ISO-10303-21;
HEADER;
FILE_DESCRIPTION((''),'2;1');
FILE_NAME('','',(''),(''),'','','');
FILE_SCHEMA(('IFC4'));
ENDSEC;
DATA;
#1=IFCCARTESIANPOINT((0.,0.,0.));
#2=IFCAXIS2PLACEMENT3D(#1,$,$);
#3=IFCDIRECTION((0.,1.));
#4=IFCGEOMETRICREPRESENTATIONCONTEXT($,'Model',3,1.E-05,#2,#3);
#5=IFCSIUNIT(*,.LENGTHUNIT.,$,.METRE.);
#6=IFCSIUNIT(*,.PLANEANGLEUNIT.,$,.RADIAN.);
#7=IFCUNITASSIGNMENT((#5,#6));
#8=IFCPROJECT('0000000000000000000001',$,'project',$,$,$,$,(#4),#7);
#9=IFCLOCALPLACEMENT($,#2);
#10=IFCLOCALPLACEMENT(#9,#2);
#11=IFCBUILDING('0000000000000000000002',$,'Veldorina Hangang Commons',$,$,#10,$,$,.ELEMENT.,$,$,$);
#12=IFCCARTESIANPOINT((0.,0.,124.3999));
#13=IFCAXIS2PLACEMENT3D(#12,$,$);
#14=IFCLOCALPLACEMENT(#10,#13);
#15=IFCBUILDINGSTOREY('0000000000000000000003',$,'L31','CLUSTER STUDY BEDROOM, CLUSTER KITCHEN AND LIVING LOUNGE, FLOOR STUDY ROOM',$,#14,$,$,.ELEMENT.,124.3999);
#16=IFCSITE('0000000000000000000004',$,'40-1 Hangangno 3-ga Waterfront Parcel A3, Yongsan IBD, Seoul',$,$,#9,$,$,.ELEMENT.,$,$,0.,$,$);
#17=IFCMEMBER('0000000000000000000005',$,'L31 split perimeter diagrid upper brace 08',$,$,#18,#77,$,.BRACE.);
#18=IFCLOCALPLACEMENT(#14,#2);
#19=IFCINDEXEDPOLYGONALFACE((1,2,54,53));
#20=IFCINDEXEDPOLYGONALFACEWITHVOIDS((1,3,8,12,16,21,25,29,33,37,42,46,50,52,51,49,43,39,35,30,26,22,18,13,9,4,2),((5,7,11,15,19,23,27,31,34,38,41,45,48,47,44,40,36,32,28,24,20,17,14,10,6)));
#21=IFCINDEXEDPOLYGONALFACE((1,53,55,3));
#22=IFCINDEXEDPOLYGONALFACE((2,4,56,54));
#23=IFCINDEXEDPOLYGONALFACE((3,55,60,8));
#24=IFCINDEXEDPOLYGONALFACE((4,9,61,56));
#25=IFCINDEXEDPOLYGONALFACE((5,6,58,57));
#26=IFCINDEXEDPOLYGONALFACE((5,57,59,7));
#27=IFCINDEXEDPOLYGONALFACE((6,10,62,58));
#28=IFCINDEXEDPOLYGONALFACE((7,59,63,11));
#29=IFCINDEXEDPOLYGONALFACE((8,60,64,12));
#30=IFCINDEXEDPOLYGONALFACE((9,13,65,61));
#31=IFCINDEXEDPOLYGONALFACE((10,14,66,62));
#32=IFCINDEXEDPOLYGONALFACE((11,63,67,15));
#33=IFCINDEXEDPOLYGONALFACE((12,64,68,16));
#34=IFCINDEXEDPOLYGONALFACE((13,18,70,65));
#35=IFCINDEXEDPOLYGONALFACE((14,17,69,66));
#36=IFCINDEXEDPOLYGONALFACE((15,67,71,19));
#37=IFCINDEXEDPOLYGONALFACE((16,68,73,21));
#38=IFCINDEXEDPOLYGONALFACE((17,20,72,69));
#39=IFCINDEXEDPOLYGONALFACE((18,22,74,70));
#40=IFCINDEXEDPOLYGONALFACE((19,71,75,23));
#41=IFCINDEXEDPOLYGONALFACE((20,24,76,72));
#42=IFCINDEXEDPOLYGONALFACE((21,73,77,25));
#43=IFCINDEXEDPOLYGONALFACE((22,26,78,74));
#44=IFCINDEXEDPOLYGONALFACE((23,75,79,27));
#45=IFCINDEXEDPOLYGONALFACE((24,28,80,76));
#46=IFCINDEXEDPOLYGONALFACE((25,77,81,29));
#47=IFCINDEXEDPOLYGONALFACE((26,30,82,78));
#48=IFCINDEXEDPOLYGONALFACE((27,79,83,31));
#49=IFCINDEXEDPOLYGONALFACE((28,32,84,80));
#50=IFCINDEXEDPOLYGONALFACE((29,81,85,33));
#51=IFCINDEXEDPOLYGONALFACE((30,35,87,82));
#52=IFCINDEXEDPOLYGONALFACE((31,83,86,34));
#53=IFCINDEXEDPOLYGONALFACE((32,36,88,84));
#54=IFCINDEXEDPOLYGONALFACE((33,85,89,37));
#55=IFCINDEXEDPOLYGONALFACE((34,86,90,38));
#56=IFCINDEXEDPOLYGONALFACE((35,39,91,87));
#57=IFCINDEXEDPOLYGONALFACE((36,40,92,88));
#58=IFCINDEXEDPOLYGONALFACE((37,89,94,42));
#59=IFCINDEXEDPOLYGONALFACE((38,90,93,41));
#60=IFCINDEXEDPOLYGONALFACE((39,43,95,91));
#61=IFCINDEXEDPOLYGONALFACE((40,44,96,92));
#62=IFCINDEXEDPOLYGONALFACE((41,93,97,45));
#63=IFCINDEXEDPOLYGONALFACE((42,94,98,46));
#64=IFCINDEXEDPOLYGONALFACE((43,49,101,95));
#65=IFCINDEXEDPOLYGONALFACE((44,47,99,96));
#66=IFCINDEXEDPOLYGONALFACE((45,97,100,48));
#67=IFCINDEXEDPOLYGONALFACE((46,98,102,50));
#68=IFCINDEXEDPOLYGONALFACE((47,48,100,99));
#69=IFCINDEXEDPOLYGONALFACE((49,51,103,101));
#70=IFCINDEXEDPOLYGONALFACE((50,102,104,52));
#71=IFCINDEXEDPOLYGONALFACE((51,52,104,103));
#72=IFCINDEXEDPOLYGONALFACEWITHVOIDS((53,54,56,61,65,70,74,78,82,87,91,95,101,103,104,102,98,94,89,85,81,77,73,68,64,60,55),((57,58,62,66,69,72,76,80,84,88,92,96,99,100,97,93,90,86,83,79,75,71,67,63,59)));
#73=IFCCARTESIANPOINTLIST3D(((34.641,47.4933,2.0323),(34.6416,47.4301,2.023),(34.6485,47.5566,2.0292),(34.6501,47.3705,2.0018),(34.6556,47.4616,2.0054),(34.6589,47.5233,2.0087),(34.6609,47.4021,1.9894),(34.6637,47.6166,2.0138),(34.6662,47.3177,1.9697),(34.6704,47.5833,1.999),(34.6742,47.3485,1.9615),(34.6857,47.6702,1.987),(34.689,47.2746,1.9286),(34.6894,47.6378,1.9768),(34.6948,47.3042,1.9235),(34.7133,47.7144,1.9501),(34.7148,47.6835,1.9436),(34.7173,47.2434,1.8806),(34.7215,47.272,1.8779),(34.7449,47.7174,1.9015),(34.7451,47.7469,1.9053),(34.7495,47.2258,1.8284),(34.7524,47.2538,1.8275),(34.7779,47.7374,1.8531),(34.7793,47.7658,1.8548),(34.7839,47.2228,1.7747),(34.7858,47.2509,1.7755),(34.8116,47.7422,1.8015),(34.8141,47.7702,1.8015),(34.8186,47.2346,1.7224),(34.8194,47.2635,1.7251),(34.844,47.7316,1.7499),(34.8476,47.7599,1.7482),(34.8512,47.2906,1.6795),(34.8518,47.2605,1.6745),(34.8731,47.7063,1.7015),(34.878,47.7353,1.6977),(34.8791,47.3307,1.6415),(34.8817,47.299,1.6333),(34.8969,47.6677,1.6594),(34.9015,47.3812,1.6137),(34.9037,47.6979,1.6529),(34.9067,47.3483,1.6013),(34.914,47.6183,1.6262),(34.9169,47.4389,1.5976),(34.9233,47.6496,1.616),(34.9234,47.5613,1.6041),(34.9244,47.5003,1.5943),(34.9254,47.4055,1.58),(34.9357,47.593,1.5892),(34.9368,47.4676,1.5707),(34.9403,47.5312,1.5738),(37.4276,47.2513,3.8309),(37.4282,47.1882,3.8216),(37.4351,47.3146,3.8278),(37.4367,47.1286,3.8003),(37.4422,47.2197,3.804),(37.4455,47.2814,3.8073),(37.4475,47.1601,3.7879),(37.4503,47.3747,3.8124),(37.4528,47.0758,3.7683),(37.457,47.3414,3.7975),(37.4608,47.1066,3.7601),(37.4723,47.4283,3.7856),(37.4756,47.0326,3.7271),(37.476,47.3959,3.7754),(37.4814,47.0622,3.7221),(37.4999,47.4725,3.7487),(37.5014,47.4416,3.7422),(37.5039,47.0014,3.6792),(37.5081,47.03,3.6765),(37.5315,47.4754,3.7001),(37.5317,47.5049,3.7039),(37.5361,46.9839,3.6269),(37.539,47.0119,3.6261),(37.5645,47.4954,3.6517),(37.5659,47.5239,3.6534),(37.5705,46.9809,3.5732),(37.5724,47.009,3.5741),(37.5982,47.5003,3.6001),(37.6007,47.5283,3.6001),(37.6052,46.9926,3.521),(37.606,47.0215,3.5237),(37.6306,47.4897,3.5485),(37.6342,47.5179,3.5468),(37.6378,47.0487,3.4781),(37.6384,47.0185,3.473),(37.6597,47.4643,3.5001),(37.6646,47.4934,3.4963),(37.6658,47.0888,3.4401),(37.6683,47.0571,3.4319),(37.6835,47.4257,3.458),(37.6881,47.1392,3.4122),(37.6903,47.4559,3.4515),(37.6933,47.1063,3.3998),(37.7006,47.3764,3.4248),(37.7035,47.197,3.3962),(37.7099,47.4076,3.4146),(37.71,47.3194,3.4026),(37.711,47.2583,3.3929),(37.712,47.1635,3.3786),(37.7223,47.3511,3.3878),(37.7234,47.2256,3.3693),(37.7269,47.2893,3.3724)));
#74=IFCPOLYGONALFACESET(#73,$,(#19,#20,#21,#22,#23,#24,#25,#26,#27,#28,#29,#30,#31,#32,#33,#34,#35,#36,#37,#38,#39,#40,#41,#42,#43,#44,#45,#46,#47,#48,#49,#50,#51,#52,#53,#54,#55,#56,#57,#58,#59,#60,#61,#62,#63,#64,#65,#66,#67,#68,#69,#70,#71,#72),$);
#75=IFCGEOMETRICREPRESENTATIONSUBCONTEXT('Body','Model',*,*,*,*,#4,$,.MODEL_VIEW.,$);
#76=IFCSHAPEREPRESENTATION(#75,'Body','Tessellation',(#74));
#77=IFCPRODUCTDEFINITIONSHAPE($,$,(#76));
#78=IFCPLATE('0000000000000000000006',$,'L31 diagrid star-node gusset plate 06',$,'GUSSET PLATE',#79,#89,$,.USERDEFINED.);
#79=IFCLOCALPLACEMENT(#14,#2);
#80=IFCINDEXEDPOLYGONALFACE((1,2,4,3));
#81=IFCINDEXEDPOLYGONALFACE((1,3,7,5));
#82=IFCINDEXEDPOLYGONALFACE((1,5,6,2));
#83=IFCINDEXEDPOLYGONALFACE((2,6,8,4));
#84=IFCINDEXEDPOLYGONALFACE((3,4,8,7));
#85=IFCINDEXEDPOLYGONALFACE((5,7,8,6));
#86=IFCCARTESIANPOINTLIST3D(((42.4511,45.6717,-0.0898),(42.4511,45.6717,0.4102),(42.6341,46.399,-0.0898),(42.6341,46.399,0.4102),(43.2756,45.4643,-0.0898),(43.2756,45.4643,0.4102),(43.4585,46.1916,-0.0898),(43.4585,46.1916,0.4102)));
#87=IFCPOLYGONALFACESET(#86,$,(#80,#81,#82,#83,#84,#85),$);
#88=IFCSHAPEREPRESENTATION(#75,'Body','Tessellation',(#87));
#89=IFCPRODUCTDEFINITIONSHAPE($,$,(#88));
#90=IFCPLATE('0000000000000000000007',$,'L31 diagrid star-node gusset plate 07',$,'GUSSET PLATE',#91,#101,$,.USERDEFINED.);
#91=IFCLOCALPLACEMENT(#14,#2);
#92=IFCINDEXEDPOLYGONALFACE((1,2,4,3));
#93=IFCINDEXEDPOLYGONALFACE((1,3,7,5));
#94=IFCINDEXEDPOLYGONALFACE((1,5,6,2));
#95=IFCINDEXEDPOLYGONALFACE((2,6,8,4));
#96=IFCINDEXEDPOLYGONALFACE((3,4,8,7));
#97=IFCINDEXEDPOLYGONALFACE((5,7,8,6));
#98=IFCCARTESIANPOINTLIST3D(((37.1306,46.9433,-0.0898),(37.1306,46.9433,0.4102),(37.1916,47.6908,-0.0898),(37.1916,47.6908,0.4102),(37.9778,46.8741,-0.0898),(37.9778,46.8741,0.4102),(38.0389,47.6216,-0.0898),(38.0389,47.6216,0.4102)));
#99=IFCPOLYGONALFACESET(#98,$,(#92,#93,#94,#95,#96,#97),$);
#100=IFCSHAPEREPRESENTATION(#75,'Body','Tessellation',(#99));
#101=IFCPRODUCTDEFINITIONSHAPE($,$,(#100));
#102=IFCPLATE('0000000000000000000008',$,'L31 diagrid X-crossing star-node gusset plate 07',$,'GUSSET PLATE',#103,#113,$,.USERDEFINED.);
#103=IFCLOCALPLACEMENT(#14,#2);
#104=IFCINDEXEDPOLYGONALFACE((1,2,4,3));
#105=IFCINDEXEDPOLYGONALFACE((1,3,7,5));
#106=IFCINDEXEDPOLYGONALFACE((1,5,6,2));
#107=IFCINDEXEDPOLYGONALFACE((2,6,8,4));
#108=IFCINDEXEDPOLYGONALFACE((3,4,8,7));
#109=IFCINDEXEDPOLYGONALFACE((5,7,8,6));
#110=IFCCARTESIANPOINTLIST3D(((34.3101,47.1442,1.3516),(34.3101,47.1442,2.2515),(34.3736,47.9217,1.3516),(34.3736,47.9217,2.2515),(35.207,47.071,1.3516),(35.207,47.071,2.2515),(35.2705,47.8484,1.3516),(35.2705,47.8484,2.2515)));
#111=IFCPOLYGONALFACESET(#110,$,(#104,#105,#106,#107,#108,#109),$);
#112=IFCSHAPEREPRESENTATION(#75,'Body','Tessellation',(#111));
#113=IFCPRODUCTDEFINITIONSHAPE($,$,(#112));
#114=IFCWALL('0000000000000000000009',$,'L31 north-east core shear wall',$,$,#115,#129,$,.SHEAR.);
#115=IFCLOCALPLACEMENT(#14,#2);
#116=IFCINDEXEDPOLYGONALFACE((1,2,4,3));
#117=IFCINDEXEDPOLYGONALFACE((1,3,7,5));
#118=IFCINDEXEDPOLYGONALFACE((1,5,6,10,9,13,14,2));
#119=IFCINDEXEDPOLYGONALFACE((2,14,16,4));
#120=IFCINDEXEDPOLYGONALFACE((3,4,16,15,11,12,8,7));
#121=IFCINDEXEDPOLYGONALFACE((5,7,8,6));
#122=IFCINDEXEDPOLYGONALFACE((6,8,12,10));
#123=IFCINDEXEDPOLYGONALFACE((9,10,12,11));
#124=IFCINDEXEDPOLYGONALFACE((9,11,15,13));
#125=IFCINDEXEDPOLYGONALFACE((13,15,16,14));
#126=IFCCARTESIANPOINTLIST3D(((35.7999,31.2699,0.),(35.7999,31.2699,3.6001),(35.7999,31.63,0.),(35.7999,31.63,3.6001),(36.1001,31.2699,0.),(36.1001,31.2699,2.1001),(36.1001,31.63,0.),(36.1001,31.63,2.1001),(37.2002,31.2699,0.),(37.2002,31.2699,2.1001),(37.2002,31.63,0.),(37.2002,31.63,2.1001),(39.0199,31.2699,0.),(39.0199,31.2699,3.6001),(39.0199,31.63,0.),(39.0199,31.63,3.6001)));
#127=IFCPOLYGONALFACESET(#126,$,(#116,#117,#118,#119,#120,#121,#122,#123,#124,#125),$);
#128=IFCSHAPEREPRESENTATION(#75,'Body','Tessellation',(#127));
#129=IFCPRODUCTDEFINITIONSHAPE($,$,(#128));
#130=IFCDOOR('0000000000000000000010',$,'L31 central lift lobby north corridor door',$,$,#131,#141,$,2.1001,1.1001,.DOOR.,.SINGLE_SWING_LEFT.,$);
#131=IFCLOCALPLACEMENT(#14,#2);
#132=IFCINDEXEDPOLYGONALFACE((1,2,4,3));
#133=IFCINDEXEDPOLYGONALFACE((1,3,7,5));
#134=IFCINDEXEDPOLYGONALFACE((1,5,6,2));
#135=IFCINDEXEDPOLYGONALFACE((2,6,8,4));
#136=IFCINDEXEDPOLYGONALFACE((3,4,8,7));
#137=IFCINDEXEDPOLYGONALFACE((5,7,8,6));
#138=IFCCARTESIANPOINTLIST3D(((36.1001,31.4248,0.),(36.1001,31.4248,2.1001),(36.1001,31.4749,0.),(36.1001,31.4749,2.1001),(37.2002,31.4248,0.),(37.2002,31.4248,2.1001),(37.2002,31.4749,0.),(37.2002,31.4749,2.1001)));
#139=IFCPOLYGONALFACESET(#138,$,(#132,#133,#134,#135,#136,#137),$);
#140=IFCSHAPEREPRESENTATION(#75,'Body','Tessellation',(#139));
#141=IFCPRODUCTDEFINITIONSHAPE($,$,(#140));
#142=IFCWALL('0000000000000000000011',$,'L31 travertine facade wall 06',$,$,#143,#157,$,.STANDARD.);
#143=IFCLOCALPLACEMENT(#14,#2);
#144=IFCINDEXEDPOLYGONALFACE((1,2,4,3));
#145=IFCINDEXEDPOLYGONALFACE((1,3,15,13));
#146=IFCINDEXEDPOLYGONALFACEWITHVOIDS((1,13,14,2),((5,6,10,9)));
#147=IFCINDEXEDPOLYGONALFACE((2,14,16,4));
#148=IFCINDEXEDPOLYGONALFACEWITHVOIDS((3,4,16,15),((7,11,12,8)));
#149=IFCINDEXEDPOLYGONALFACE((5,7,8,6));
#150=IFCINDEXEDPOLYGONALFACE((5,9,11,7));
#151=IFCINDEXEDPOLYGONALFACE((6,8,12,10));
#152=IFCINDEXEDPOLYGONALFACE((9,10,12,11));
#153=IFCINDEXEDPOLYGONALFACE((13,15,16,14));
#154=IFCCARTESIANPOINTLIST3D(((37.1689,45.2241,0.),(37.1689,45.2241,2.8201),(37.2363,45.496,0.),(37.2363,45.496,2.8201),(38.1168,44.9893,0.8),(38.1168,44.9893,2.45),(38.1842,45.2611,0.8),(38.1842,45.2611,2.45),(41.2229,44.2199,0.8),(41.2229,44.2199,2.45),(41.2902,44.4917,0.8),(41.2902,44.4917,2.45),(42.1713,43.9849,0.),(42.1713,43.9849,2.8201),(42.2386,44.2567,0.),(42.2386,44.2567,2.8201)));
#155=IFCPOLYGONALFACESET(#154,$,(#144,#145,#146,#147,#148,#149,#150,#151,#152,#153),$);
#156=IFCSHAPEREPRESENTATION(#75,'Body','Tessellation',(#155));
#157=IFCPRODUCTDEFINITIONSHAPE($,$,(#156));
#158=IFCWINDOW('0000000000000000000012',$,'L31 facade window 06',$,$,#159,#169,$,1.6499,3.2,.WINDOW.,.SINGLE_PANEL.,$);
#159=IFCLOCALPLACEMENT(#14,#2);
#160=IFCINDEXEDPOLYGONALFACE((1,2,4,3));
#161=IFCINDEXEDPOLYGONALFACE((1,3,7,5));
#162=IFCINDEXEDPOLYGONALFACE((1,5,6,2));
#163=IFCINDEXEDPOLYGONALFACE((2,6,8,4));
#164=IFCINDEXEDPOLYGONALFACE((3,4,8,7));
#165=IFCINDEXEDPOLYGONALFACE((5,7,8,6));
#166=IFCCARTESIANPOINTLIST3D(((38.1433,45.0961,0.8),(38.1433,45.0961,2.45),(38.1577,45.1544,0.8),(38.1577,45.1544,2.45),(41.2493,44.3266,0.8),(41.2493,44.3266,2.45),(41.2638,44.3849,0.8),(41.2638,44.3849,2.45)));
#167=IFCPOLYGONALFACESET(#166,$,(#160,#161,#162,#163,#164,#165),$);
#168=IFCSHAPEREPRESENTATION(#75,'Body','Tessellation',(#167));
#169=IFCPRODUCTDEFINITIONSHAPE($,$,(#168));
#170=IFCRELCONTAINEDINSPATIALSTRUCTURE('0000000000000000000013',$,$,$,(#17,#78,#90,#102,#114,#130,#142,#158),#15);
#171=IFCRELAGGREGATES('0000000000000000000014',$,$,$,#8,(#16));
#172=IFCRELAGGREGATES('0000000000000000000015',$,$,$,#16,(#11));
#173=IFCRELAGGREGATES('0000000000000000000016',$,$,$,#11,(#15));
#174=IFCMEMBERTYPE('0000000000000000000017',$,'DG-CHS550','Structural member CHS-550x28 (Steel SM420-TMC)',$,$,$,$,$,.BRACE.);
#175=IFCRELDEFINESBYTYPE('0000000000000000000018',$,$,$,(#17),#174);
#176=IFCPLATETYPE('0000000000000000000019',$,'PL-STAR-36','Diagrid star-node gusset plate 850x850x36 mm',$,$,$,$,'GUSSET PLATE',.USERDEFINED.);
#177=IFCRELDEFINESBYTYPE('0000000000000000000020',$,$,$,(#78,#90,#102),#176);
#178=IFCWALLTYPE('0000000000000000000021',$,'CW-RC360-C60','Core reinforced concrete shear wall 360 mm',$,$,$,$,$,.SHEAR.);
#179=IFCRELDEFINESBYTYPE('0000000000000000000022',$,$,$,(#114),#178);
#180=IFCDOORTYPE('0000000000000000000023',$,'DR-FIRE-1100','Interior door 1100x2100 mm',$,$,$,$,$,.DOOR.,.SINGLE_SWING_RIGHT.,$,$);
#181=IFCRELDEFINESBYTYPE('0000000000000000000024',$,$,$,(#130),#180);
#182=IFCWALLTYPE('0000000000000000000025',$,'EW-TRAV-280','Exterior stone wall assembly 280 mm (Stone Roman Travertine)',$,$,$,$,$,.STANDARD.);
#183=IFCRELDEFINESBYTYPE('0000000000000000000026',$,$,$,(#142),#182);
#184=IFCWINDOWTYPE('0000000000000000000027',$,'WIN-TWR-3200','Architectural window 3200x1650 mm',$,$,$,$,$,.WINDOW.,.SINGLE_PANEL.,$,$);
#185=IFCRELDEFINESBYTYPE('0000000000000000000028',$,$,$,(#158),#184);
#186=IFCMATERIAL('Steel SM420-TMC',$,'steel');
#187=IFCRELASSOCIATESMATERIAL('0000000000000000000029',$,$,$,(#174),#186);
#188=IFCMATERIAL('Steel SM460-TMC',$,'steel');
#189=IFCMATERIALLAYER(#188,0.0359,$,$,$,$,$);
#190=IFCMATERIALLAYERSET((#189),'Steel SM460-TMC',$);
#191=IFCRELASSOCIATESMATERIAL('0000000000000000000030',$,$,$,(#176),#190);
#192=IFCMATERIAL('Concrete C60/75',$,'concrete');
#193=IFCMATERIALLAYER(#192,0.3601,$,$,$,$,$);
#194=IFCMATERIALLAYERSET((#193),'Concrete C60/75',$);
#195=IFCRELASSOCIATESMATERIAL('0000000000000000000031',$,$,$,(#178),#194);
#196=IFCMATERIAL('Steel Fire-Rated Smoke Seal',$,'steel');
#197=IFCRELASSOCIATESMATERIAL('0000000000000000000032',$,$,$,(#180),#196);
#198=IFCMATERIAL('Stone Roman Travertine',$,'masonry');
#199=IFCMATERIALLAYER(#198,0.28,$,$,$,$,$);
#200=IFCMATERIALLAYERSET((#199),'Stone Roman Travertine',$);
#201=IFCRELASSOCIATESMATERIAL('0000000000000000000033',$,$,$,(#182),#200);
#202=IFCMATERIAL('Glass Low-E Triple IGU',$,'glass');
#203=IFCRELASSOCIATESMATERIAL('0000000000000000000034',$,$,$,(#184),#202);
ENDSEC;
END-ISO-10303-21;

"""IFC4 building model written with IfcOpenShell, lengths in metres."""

from ifc_helpers import new_model, si_unit, direction, frame, frame_2d, origin, origin_2d, place, context, subcontext, project, spatial, rectangle, hollow_circle, extrude, material, layer, layer_set, material_profile, profile_set, type_object, element, fill, save


model = new_model("IFC4")

# Units and contexts
model_context = context("Model", 3, precision=1e-05, world=origin(), true_north=direction((0.0, 1.0)))
body_context = subcontext(model_context, "Body", "Model", "MODEL_VIEW")
ifc_project = project(units=[si_unit("LENGTHUNIT", "METRE"), si_unit("PLANEANGLEUNIT", "RADIAN")], contexts=[model_context])

# Site, building, storey
site_placement = place(None, origin())
site = spatial("IfcSite", under=ifc_project, at=site_placement, Name="40-1 Hangangno 3-ga Waterfront Parcel A3, Yongsan IBD, Seoul", CompositionType="ELEMENT", RefElevation=0.0)
building_placement = place(site_placement, origin())
building = spatial("IfcBuilding", under=site, at=building_placement, Name="Veldorina Hangang Commons", CompositionType="ELEMENT")
storey_placement = place(building_placement, frame((0.0, 0.0, 124.3999)))
storey = spatial("IfcBuildingStorey", under=building, at=storey_placement, Name="L31", Description="CLUSTER STUDY BEDROOM, CLUSTER KITCHEN AND LIVING LOUNGE, FLOOR STUDY ROOM", CompositionType="ELEMENT", Elevation=124.3999)

# Shared definitions
ifc_material_1 = material(Name="Steel SM420-TMC", Category="steel")

# Member
ifc_material_profile_1 = material_profile(ifc_material_1, hollow_circle(Radius=0.2749, WallThickness=0.0281, at=origin_2d()), Name="CHS-550x28")
ifc_profile_set_1 = profile_set([ifc_material_profile_1], Name="Steel SM420-TMC")
member_type = type_object("IfcMemberType", Name="DG-CHS550", Description="Structural member CHS-550x28 (Steel SM420-TMC)", PredefinedType="BRACE", material=ifc_profile_set_1)
member_1_placement = place(storey_placement, frame((34.7903, 47.4963, 1.8015), z_axis=(0.837965, -0.072755, 0.540852), x_axis=(0.086498, 0.996252, 0.0)))
element("IfcMember", 1, at=member_1_placement, inside=storey, type_object=member_type, Name="L31 split perimeter diagrid upper brace 08", PredefinedType="BRACE", context=body_context, shape_type="SweptSolid", body=[
    extrude(hollow_circle(Radius=0.2749, WallThickness=0.0281, at=origin_2d()), origin(), (0.0, 0.0, 1.0), 3.3254),
])

# Plates
ifc_material_2 = material(Name="Steel SM460-TMC", Category="steel")
ifc_layer_1 = layer(ifc_material_2, 0.0359)
ifc_layer_set_1 = layer_set([ifc_layer_1], Name="Steel SM460-TMC")
plate_type = type_object("IfcPlateType", Name="PL-STAR-36", Description="Diagrid star-node gusset plate 850x850x36 mm", ElementType="GUSSET PLATE", PredefinedType="USERDEFINED", material=ifc_layer_set_1)
for number, where, z_axis, x_axis, name in (
    (2, (42.9548, 45.9316, -0.0898), (0.0, 0.0, 1.0), (-0.969787, 0.243954, 0.0), "L31 diagrid star-node gusset plate 06"),
    (3, (37.5847, 47.2825, -0.0898), (0.0, 0.0, 1.0), (-0.996682, 0.081399, 0.0), "L31 diagrid star-node gusset plate 07"),
):
    element("IfcPlate", number, at=place(storey_placement, frame(where, z_axis=z_axis, x_axis=x_axis)), inside=storey, type_object=plate_type, Name=name, ObjectType="GUSSET PLATE", PredefinedType="USERDEFINED", context=body_context, shape_type="SweptSolid", body=[
        extrude(rectangle(XDim=0.8501, YDim=0.75, at=origin_2d()), origin(), (0.0, 0.0, 1.0), 0.5),
    ])
plate_placement = place(storey_placement, frame((34.7903, 47.4963, 1.3516), z_axis=(0.0, 0.0, 1.0), x_axis=(-0.996682, 0.081399, 0.0)))
element("IfcPlate", 4, at=plate_placement, inside=storey, type_object=plate_type, Name="L31 diagrid X-crossing star-node gusset plate 07", ObjectType="GUSSET PLATE", PredefinedType="USERDEFINED", context=body_context, shape_type="SweptSolid", body=[
    extrude(rectangle(XDim=0.8999, YDim=0.78, at=origin_2d()), origin(), (0.0, 0.0, 1.0), 0.8999),
])

# Wall, opening, door
ifc_material_3 = material(Name="Concrete C60/75", Category="concrete")
ifc_layer_2 = layer(ifc_material_3, 0.3601)
ifc_layer_set_2 = layer_set([ifc_layer_2], Name="Concrete C60/75")
wall_type_1 = type_object("IfcWallType", Name="CW-RC360-C60", Description="Core reinforced concrete shear wall 360 mm", PredefinedType="SHEAR", material=ifc_layer_set_2)
wall_1_placement = place(storey_placement, frame((35.8, 31.45, 0.0), z_axis=(0.0, 0.0, 1.0), x_axis=(1.0, 0.0, 0.0)))
wall_1 = element("IfcWall", 5, at=wall_1_placement, inside=storey, type_object=wall_type_1, Name="L31 north-east core shear wall", PredefinedType="SHEAR", context=body_context, shape_type="SweptSolid", body=[
    extrude(rectangle(XDim=3.22, YDim=0.3601, at=frame_2d((1.6099, 0.0))), origin(), (0.0, 0.0, 1.0), 3.6001),
])
opening_1_placement = place(wall_1_placement, frame((0.3, 0.0, 0.0)))
opening_1 = element("IfcOpeningElement", 6, at=opening_1_placement, cuts=wall_1, PredefinedType="OPENING", context=body_context, shape_type="SweptSolid", body=[
    extrude(rectangle(XDim=1.1001, YDim=2.1001, at=frame_2d((0.55, 1.05))), frame((0.0, 0.1899, 0.0), z_axis=(0.0, -1.0, 0.0), x_axis=(1.0, 0.0, 0.0)), (0.0, 0.0, 1.0), 0.3801),
])
ifc_material_4 = material(Name="Steel Fire-Rated Smoke Seal", Category="steel")
door_type_1 = type_object("IfcDoorType", Name="DR-FIRE-1100", Description="Interior door 1100x2100 mm", OperationType="SINGLE_SWING_RIGHT", PredefinedType="DOOR", material=ifc_material_4)
door_1_placement = place(opening_1_placement, origin())
door_1 = element("IfcDoor", 7, at=door_1_placement, inside=storey, type_object=door_type_1, Name="L31 central lift lobby north corridor door", OperationType="SINGLE_SWING_LEFT", OverallHeight=2.1001, OverallWidth=1.1001, PredefinedType="DOOR", context=body_context, shape_type="SweptSolid", body=[
    extrude(rectangle(XDim=1.1001, YDim=2.1001, at=frame_2d((0.55, 1.05))), frame((0.0, 0.0249, 0.0), z_axis=(0.0, -1.0, 0.0), x_axis=(1.0, 0.0, 0.0)), (0.0, 0.0, 1.0), 0.05),
])
fill(opening_1, door_1)

# Wall, opening, window
ifc_material_5 = material(Name="Stone Roman Travertine", Category="masonry")
ifc_layer_3 = layer(ifc_material_5, 0.28)
ifc_layer_set_3 = layer_set([ifc_layer_3], Name="Stone Roman Travertine")
wall_type_2 = type_object("IfcWallType", Name="EW-TRAV-280", Description="Exterior stone wall assembly 280 mm (Stone Roman Travertine)", PredefinedType="STANDARD", material=ifc_layer_set_3)
wall_2_placement = place(storey_placement, frame((42.2048, 44.1208, 0.0), z_axis=(0.0, 0.0, 1.0), x_axis=(-0.970659, 0.240462, 0.0)))
wall_2 = element("IfcWall", 8, at=wall_2_placement, inside=storey, type_object=wall_type_2, Name="L31 travertine facade wall 06", PredefinedType="STANDARD", context=body_context, shape_type="SweptSolid", body=[
    extrude(rectangle(XDim=5.1536, YDim=0.28, at=frame_2d((2.5767, 0.0))), origin(), (0.0, 0.0, 1.0), 2.8201),
])
opening_2_placement = place(wall_2_placement, frame((0.9768, 0.0, 0.8)))
opening_2 = element("IfcOpeningElement", 9, at=opening_2_placement, cuts=wall_2, PredefinedType="OPENING", context=body_context, shape_type="SweptSolid", body=[
    extrude(rectangle(XDim=3.2, YDim=1.6499, at=frame_2d((1.6001, 0.825))), frame((0.0, 0.1499, 0.0), z_axis=(0.0, -1.0, 0.0), x_axis=(1.0, 0.0, 0.0)), (0.0, 0.0, 1.0), 0.3),
])
ifc_material_6 = material(Name="Glass Low-E Triple IGU", Category="glass")
window_type = type_object("IfcWindowType", Name="WIN-TWR-3200", Description="Architectural window 3200x1650 mm", PartitioningType="SINGLE_PANEL", PredefinedType="WINDOW", material=ifc_material_6)
window_1_placement = place(opening_2_placement, origin())
window_1 = element("IfcWindow", 10, at=window_1_placement, inside=storey, type_object=window_type, Name="L31 facade window 06", OverallHeight=1.6499, OverallWidth=3.2, PartitioningType="SINGLE_PANEL", PredefinedType="WINDOW", context=body_context, shape_type="SweptSolid", body=[
    extrude(rectangle(XDim=3.2, YDim=1.6499, at=frame_2d((1.6001, 0.825))), frame((0.0, 0.03, 0.0), z_axis=(0.0, -1.0, 0.0), x_axis=(1.0, 0.0, 0.0)), (0.0, 0.0, 1.0), 0.0601),
])
fill(opening_2, window_1)

save(model, "model.ifc")
